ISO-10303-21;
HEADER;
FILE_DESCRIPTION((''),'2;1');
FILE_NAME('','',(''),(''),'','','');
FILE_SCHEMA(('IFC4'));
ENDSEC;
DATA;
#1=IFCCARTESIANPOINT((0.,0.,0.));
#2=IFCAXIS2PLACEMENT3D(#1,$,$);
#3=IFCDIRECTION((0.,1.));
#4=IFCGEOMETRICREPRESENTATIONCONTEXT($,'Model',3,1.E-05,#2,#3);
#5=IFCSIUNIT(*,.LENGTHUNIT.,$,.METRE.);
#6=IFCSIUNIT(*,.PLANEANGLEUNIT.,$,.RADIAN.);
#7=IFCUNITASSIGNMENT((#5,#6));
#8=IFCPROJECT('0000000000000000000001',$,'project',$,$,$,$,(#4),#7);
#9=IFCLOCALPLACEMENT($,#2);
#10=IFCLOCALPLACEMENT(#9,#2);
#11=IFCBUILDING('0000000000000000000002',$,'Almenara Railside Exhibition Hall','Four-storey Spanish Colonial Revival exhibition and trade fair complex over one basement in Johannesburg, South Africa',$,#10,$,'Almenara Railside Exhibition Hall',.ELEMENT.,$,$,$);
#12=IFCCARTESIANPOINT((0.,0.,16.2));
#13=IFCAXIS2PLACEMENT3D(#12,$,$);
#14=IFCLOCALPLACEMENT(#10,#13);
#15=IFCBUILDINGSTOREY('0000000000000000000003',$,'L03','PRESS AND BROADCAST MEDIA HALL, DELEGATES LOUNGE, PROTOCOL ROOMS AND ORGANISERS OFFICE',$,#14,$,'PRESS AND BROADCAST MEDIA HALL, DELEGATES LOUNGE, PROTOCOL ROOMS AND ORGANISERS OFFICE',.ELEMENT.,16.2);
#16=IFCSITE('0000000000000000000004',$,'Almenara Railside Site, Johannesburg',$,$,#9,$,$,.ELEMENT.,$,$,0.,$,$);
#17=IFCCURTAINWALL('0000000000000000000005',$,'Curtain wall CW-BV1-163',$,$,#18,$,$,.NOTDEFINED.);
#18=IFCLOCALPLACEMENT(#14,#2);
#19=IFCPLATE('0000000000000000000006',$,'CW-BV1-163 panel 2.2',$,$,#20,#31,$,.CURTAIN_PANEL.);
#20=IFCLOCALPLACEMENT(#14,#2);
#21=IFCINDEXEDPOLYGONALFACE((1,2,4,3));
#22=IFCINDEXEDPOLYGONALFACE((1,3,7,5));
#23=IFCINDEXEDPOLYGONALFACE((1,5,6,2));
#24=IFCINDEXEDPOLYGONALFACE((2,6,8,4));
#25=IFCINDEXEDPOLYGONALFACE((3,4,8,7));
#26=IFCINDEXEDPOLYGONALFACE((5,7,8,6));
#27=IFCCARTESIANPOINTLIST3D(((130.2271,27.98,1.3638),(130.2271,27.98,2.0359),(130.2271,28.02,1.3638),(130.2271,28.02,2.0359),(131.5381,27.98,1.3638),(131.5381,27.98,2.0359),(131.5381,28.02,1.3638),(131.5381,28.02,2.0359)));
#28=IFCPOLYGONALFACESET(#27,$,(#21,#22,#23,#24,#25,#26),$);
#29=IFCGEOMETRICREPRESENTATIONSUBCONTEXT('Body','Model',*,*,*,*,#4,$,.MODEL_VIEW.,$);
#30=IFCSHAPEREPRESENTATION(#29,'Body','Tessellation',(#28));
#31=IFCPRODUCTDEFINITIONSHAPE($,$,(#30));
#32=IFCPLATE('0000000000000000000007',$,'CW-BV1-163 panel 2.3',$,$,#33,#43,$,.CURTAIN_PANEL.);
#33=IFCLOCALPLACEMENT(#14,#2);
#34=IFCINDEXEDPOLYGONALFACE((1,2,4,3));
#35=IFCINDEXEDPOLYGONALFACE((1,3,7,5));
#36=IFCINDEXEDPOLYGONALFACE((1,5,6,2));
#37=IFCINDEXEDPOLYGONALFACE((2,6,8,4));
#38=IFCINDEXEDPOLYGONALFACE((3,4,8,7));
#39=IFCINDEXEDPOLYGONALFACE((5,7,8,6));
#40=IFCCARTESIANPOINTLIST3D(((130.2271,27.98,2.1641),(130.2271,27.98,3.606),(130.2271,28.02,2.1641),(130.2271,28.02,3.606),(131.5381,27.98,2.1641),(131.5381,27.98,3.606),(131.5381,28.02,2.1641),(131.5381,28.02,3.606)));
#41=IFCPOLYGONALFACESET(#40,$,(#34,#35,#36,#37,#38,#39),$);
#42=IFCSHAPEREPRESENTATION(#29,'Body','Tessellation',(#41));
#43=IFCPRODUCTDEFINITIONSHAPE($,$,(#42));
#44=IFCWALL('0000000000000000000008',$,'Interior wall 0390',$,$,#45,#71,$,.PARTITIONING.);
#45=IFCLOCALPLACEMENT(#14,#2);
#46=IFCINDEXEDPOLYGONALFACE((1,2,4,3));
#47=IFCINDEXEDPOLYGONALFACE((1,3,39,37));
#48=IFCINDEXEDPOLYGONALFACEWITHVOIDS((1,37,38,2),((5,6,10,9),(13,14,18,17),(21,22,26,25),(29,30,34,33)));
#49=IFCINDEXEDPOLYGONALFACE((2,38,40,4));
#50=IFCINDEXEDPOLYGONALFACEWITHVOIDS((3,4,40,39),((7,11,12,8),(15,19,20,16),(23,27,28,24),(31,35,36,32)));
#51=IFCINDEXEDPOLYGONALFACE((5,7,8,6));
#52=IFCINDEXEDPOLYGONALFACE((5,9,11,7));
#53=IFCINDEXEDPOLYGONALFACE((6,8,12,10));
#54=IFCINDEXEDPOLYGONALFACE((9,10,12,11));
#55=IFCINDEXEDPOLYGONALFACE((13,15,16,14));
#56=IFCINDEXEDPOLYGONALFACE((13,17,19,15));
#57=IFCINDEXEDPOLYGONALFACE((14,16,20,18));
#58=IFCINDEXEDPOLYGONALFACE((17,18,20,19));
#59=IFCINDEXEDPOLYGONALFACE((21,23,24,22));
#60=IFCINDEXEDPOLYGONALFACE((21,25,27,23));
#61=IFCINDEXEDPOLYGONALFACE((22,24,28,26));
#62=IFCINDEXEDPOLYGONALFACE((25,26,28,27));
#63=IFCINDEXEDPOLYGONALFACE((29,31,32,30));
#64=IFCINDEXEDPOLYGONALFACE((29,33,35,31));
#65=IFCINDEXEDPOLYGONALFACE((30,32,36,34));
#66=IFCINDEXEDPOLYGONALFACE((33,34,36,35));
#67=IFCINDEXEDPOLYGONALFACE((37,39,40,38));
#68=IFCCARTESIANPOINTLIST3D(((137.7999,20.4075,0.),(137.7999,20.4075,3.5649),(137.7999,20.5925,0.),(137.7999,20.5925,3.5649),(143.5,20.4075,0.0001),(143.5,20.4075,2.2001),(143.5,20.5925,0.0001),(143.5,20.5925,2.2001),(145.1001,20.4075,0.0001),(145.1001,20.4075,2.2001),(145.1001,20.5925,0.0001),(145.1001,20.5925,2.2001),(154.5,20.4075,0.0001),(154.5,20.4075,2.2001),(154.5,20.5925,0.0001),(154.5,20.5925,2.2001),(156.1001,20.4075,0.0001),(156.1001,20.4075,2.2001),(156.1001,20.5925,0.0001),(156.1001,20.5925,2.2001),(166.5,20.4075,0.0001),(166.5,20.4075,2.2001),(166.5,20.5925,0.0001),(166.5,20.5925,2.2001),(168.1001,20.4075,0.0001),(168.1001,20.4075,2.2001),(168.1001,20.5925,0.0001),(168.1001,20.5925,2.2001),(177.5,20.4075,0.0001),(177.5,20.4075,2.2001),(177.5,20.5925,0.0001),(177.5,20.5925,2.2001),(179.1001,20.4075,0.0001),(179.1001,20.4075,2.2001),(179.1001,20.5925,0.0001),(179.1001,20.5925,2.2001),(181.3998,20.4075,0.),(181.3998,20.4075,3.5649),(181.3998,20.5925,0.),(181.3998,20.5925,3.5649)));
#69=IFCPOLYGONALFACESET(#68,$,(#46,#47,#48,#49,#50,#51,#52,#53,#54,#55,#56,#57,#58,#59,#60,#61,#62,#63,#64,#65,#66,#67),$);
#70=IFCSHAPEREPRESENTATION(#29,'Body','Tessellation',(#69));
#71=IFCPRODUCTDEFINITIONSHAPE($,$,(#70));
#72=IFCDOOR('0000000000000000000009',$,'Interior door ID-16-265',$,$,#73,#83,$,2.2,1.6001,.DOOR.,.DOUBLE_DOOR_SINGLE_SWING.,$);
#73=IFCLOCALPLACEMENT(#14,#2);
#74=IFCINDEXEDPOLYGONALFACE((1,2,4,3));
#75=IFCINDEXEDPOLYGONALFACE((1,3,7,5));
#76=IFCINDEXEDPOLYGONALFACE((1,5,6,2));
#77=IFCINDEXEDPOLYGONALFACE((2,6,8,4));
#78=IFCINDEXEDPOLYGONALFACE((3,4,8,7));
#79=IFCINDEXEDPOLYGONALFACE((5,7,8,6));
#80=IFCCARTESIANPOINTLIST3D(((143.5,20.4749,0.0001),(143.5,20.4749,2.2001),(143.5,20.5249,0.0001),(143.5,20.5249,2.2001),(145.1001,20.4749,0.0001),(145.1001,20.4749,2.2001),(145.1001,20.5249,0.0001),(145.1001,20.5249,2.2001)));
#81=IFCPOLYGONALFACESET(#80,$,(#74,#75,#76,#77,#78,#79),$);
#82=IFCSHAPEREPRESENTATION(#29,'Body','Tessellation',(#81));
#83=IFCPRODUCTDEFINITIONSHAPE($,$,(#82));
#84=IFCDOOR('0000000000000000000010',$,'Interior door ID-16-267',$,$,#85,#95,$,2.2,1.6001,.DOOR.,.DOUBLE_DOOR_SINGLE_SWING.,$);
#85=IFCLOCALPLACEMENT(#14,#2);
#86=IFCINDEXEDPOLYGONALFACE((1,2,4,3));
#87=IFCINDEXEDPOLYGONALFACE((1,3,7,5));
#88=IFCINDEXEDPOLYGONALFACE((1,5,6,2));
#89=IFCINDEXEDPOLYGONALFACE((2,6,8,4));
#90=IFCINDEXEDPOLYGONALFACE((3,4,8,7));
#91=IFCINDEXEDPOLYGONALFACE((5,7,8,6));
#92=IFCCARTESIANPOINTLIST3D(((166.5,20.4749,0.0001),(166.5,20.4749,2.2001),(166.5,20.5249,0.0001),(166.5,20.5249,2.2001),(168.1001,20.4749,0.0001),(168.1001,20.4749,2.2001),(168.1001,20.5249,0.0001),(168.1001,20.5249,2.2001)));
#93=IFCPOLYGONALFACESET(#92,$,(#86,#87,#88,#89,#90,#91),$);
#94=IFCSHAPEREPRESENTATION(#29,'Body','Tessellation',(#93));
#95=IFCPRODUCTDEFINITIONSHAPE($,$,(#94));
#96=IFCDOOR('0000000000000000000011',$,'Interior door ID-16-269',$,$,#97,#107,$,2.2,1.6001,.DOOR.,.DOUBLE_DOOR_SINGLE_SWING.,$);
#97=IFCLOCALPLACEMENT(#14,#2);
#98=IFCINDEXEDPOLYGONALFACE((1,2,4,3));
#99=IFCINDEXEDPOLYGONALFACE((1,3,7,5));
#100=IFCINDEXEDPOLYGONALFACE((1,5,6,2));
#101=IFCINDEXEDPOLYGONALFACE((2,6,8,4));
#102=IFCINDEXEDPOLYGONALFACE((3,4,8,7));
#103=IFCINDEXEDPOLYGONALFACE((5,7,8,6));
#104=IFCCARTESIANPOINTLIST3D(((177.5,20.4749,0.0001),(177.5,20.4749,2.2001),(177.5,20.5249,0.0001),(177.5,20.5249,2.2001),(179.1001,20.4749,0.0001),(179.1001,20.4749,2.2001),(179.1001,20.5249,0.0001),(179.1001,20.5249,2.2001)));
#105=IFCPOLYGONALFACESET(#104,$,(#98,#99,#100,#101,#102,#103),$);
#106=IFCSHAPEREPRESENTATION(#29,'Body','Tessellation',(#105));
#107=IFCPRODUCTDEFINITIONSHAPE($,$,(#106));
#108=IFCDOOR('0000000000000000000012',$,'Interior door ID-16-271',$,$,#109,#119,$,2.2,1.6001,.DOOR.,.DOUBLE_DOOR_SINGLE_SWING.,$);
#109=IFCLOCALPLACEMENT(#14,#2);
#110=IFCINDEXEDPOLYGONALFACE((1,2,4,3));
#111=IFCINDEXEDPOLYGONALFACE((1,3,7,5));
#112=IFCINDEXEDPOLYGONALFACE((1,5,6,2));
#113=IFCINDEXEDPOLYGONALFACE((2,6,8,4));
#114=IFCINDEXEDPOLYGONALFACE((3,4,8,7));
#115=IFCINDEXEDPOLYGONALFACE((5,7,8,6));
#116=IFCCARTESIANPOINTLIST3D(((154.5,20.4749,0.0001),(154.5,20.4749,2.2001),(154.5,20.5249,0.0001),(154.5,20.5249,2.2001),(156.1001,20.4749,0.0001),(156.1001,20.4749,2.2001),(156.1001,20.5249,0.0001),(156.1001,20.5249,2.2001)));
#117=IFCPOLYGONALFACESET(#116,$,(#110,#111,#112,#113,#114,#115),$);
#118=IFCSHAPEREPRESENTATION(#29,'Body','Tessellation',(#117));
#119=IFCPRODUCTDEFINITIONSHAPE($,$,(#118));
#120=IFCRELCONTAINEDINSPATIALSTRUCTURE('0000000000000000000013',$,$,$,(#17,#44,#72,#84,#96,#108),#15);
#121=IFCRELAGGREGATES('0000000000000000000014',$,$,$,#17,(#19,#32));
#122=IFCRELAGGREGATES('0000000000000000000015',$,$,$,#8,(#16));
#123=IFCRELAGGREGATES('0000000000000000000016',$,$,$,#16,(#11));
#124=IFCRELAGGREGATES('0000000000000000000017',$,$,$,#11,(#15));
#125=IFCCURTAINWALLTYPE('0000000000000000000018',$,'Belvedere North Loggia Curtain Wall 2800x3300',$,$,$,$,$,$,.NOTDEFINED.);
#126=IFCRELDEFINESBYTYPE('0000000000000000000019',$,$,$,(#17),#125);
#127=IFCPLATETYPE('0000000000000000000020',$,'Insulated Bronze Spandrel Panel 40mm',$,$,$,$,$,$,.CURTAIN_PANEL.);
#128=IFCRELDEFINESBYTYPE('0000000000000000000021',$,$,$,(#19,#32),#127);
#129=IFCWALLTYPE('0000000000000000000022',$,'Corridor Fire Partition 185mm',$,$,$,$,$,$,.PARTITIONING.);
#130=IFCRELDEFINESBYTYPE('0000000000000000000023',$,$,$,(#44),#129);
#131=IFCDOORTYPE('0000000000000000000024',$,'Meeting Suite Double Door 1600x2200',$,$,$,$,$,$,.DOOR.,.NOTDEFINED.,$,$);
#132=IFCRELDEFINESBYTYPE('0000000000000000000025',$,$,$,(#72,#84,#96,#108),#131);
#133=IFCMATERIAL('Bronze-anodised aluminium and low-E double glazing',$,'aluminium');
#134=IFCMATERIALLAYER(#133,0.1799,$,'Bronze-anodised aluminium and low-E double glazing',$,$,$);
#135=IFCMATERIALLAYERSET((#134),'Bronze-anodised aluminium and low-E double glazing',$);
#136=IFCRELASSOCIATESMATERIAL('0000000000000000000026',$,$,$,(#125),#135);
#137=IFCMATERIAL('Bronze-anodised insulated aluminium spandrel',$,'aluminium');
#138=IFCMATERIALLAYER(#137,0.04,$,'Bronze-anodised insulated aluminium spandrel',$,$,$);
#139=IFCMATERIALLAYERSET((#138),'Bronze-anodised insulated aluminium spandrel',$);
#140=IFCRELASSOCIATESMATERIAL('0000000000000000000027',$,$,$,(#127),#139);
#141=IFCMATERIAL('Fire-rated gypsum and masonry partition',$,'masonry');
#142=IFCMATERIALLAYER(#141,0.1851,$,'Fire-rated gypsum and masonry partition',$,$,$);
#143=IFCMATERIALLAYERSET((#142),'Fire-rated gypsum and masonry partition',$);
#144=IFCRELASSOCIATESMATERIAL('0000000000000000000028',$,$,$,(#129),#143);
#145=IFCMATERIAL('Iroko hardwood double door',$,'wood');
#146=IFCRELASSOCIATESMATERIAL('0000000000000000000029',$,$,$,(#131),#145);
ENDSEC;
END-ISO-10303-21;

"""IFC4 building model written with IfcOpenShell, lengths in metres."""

from ifc_helpers import new_model, si_unit, direction, frame, frame_2d, origin, origin_2d, place, context, subcontext, project, spatial, rectangle, extrude, material, layer, layer_set, type_object, element, fill, aggregate, save


model = new_model("IFC4")

# Units and contexts
model_context = context("Model", 3, precision=1e-05, world=origin(), true_north=direction((0.0, 1.0)))
body_context = subcontext(model_context, "Body", "Model", "MODEL_VIEW")
ifc_project = project(units=[si_unit("LENGTHUNIT", "METRE"), si_unit("PLANEANGLEUNIT", "RADIAN")], contexts=[model_context])

# Site, building, storey
site_placement = place(None, origin())
site = spatial("IfcSite", under=ifc_project, at=site_placement, Name="Almenara Railside Site, Johannesburg", CompositionType="ELEMENT", RefElevation=0.0)
building_placement = place(site_placement, origin())
building = spatial("IfcBuilding", under=site, at=building_placement, Name="Almenara Railside Exhibition Hall", Description="Four-storey Spanish Colonial Revival exhibition and trade fair complex over one basement in Johannesburg, South Africa", LongName="Almenara Railside Exhibition Hall", CompositionType="ELEMENT")
storey_placement = place(building_placement, frame((0.0, 0.0, 16.2)))
storey = spatial("IfcBuildingStorey", under=building, at=storey_placement, Name="L03", Description="PRESS AND BROADCAST MEDIA HALL, DELEGATES LOUNGE, PROTOCOL ROOMS AND ORGANISERS OFFICE", LongName="PRESS AND BROADCAST MEDIA HALL, DELEGATES LOUNGE, PROTOCOL ROOMS AND ORGANISERS OFFICE", CompositionType="ELEMENT", Elevation=16.2)

# Curtain wall
ifc_material_1 = material(Name="Bronze-anodised aluminium and low-E double glazing", Category="aluminium")
ifc_layer_1 = layer(ifc_material_1, 0.1799, Name="Bronze-anodised aluminium and low-E double glazing")
ifc_layer_set_1 = layer_set([ifc_layer_1], Name="Bronze-anodised aluminium and low-E double glazing")
curtain_wall_type = type_object("IfcCurtainWallType", Name="Belvedere North Loggia Curtain Wall 2800x3300", PredefinedType="NOTDEFINED", material=ifc_layer_set_1)
curtain_wall_placement = place(storey_placement, origin())
curtain_wall = element("IfcCurtainWall", 1, at=curtain_wall_placement, inside=storey, type_object=curtain_wall_type, Name="Curtain wall CW-BV1-163", PredefinedType="NOTDEFINED")

# Plates
ifc_material_2 = material(Name="Bronze-anodised insulated aluminium spandrel", Category="aluminium")
ifc_layer_2 = layer(ifc_material_2, 0.04, Name="Bronze-anodised insulated aluminium spandrel")
ifc_layer_set_2 = layer_set([ifc_layer_2], Name="Bronze-anodised insulated aluminium spandrel")
plate_type = type_object("IfcPlateType", Name="Insulated Bronze Spandrel Panel 40mm", PredefinedType="CURTAIN_PANEL", material=ifc_layer_set_2)
plate_1_placement = place(storey_placement, frame((130.8826, 28.0, 1.3638), z_axis=(0.0, 0.0, 1.0), x_axis=(1.0, 0.0, 0.0)))
plate_1 = element("IfcPlate", 2, at=plate_1_placement, type_object=plate_type, Name="CW-BV1-163 panel 2.2", PredefinedType="CURTAIN_PANEL", context=body_context, shape_type="SweptSolid", body=[
    extrude(rectangle(XDim=1.311, YDim=0.04, at=origin_2d()), origin(), (0.0, 0.0, 1.0), 0.6721),
])
plate_2_placement = place(storey_placement, frame((130.8826, 28.0, 2.1641), z_axis=(0.0, 0.0, 1.0), x_axis=(1.0, 0.0, 0.0)))
plate_2 = element("IfcPlate", 3, at=plate_2_placement, type_object=plate_type, Name="CW-BV1-163 panel 2.3", PredefinedType="CURTAIN_PANEL", context=body_context, shape_type="SweptSolid", body=[
    extrude(rectangle(XDim=1.311, YDim=0.04, at=origin_2d()), origin(), (0.0, 0.0, 1.0), 1.4419),
])
aggregate(curtain_wall, [plate_1, plate_2])

# Wall, openings, doors
ifc_material_3 = material(Name="Fire-rated gypsum and masonry partition", Category="masonry")
ifc_layer_3 = layer(ifc_material_3, 0.1851, Name="Fire-rated gypsum and masonry partition")
ifc_layer_set_3 = layer_set([ifc_layer_3], Name="Fire-rated gypsum and masonry partition")
wall_type = type_object("IfcWallType", Name="Corridor Fire Partition 185mm", PredefinedType="PARTITIONING", material=ifc_layer_set_3)
wall_1_placement = place(storey_placement, frame((137.8, 20.5, 0.0), z_axis=(0.0, 0.0, 1.0), x_axis=(1.0, 0.0, 0.0)))
wall_1 = element("IfcWall", 4, at=wall_1_placement, inside=storey, type_object=wall_type, Name="Interior wall 0390", PredefinedType="PARTITIONING", context=body_context, shape_type="SweptSolid", body=[
    extrude(rectangle(XDim=43.5999, YDim=0.1851, at=frame_2d((21.7998, 0.0))), origin(), (0.0, 0.0, 1.0), 3.5649),
])
opening_1_placement = place(wall_1_placement, frame((5.7, 0.0, 0.0)))
opening_1 = element("IfcOpeningElement", 5, at=opening_1_placement, cuts=wall_1, PredefinedType="OPENING", context=body_context, shape_type="SweptSolid", body=[
    extrude(rectangle(XDim=1.6001, YDim=2.2, at=frame_2d((0.8, 1.1001))), frame((0.0, 0.1025, 0.0), z_axis=(0.0, -1.0, 0.0), x_axis=(1.0, 0.0, 0.0)), (0.0, 0.0, 1.0), 0.2051),
])
opening_2_placement = place(wall_1_placement, frame((28.7, 0.0, 0.0)))
opening_2 = element("IfcOpeningElement", 6, at=opening_2_placement, cuts=wall_1, PredefinedType="OPENING", context=body_context, shape_type="SweptSolid", body=[
    extrude(rectangle(XDim=1.6001, YDim=2.2, at=frame_2d((0.8, 1.1001))), frame((0.0, 0.1025, 0.0), z_axis=(0.0, -1.0, 0.0), x_axis=(1.0, 0.0, 0.0)), (0.0, 0.0, 1.0), 0.2051),
])
opening_3_placement = place(wall_1_placement, frame((39.7, 0.0, 0.0)))
opening_3 = element("IfcOpeningElement", 7, at=opening_3_placement, cuts=wall_1, PredefinedType="OPENING", context=body_context, shape_type="SweptSolid", body=[
    extrude(rectangle(XDim=1.6001, YDim=2.2, at=frame_2d((0.8, 1.1001))), frame((0.0, 0.1025, 0.0), z_axis=(0.0, -1.0, 0.0), x_axis=(1.0, 0.0, 0.0)), (0.0, 0.0, 1.0), 0.2051),
])
opening_4_placement = place(wall_1_placement, frame((16.7, 0.0, 0.0)))
opening_4 = element("IfcOpeningElement", 8, at=opening_4_placement, cuts=wall_1, PredefinedType="OPENING", context=body_context, shape_type="SweptSolid", body=[
    extrude(rectangle(XDim=1.6001, YDim=2.2, at=frame_2d((0.8, 1.1001))), frame((0.0, 0.1025, 0.0), z_axis=(0.0, -1.0, 0.0), x_axis=(1.0, 0.0, 0.0)), (0.0, 0.0, 1.0), 0.2051),
])
ifc_material_4 = material(Name="Iroko hardwood double door", Category="wood")
door_type_1 = type_object("IfcDoorType", Name="Meeting Suite Double Door 1600x2200", OperationType="NOTDEFINED", PredefinedType="DOOR", material=ifc_material_4)
door_1_placement = place(opening_1_placement, origin())
door_1 = element("IfcDoor", 9, at=door_1_placement, inside=storey, type_object=door_type_1, Name="Interior door ID-16-265", OperationType="DOUBLE_DOOR_SINGLE_SWING", OverallHeight=2.2, OverallWidth=1.6001, PredefinedType="DOOR", context=body_context, shape_type="SweptSolid", body=[
    extrude(rectangle(XDim=1.6001, YDim=2.2, at=frame_2d((0.8, 1.1001))), frame((0.0, 0.0249, 0.0), z_axis=(0.0, -1.0, 0.0), x_axis=(1.0, 0.0, 0.0)), (0.0, 0.0, 1.0), 0.05),
])
fill(opening_1, door_1)
door_2_placement = place(opening_2_placement, origin())
door_2 = element("IfcDoor", 10, at=door_2_placement, inside=storey, type_object=door_type_1, Name="Interior door ID-16-267", OperationType="DOUBLE_DOOR_SINGLE_SWING", OverallHeight=2.2, OverallWidth=1.6001, PredefinedType="DOOR", context=body_context, shape_type="SweptSolid", body=[
    extrude(rectangle(XDim=1.6001, YDim=2.2, at=frame_2d((0.8, 1.1001))), frame((0.0, 0.0249, 0.0), z_axis=(0.0, -1.0, 0.0), x_axis=(1.0, 0.0, 0.0)), (0.0, 0.0, 1.0), 0.05),
])
fill(opening_2, door_2)
door_3_placement = place(opening_3_placement, origin())
door_3 = element("IfcDoor", 11, at=door_3_placement, inside=storey, type_object=door_type_1, Name="Interior door ID-16-269", OperationType="DOUBLE_DOOR_SINGLE_SWING", OverallHeight=2.2, OverallWidth=1.6001, PredefinedType="DOOR", context=body_context, shape_type="SweptSolid", body=[
    extrude(rectangle(XDim=1.6001, YDim=2.2, at=frame_2d((0.8, 1.1001))), frame((0.0, 0.0249, 0.0), z_axis=(0.0, -1.0, 0.0), x_axis=(1.0, 0.0, 0.0)), (0.0, 0.0, 1.0), 0.05),
])
fill(opening_3, door_3)
door_4_placement = place(opening_4_placement, origin())
door_4 = element("IfcDoor", 12, at=door_4_placement, inside=storey, type_object=door_type_1, Name="Interior door ID-16-271", OperationType="DOUBLE_DOOR_SINGLE_SWING", OverallHeight=2.2, OverallWidth=1.6001, PredefinedType="DOOR", context=body_context, shape_type="SweptSolid", body=[
    extrude(rectangle(XDim=1.6001, YDim=2.2, at=frame_2d((0.8, 1.1001))), frame((0.0, 0.0249, 0.0), z_axis=(0.0, -1.0, 0.0), x_axis=(1.0, 0.0, 0.0)), (0.0, 0.0, 1.0), 0.05),
])
fill(opening_4, door_4)

save(model, "model.ifc")
